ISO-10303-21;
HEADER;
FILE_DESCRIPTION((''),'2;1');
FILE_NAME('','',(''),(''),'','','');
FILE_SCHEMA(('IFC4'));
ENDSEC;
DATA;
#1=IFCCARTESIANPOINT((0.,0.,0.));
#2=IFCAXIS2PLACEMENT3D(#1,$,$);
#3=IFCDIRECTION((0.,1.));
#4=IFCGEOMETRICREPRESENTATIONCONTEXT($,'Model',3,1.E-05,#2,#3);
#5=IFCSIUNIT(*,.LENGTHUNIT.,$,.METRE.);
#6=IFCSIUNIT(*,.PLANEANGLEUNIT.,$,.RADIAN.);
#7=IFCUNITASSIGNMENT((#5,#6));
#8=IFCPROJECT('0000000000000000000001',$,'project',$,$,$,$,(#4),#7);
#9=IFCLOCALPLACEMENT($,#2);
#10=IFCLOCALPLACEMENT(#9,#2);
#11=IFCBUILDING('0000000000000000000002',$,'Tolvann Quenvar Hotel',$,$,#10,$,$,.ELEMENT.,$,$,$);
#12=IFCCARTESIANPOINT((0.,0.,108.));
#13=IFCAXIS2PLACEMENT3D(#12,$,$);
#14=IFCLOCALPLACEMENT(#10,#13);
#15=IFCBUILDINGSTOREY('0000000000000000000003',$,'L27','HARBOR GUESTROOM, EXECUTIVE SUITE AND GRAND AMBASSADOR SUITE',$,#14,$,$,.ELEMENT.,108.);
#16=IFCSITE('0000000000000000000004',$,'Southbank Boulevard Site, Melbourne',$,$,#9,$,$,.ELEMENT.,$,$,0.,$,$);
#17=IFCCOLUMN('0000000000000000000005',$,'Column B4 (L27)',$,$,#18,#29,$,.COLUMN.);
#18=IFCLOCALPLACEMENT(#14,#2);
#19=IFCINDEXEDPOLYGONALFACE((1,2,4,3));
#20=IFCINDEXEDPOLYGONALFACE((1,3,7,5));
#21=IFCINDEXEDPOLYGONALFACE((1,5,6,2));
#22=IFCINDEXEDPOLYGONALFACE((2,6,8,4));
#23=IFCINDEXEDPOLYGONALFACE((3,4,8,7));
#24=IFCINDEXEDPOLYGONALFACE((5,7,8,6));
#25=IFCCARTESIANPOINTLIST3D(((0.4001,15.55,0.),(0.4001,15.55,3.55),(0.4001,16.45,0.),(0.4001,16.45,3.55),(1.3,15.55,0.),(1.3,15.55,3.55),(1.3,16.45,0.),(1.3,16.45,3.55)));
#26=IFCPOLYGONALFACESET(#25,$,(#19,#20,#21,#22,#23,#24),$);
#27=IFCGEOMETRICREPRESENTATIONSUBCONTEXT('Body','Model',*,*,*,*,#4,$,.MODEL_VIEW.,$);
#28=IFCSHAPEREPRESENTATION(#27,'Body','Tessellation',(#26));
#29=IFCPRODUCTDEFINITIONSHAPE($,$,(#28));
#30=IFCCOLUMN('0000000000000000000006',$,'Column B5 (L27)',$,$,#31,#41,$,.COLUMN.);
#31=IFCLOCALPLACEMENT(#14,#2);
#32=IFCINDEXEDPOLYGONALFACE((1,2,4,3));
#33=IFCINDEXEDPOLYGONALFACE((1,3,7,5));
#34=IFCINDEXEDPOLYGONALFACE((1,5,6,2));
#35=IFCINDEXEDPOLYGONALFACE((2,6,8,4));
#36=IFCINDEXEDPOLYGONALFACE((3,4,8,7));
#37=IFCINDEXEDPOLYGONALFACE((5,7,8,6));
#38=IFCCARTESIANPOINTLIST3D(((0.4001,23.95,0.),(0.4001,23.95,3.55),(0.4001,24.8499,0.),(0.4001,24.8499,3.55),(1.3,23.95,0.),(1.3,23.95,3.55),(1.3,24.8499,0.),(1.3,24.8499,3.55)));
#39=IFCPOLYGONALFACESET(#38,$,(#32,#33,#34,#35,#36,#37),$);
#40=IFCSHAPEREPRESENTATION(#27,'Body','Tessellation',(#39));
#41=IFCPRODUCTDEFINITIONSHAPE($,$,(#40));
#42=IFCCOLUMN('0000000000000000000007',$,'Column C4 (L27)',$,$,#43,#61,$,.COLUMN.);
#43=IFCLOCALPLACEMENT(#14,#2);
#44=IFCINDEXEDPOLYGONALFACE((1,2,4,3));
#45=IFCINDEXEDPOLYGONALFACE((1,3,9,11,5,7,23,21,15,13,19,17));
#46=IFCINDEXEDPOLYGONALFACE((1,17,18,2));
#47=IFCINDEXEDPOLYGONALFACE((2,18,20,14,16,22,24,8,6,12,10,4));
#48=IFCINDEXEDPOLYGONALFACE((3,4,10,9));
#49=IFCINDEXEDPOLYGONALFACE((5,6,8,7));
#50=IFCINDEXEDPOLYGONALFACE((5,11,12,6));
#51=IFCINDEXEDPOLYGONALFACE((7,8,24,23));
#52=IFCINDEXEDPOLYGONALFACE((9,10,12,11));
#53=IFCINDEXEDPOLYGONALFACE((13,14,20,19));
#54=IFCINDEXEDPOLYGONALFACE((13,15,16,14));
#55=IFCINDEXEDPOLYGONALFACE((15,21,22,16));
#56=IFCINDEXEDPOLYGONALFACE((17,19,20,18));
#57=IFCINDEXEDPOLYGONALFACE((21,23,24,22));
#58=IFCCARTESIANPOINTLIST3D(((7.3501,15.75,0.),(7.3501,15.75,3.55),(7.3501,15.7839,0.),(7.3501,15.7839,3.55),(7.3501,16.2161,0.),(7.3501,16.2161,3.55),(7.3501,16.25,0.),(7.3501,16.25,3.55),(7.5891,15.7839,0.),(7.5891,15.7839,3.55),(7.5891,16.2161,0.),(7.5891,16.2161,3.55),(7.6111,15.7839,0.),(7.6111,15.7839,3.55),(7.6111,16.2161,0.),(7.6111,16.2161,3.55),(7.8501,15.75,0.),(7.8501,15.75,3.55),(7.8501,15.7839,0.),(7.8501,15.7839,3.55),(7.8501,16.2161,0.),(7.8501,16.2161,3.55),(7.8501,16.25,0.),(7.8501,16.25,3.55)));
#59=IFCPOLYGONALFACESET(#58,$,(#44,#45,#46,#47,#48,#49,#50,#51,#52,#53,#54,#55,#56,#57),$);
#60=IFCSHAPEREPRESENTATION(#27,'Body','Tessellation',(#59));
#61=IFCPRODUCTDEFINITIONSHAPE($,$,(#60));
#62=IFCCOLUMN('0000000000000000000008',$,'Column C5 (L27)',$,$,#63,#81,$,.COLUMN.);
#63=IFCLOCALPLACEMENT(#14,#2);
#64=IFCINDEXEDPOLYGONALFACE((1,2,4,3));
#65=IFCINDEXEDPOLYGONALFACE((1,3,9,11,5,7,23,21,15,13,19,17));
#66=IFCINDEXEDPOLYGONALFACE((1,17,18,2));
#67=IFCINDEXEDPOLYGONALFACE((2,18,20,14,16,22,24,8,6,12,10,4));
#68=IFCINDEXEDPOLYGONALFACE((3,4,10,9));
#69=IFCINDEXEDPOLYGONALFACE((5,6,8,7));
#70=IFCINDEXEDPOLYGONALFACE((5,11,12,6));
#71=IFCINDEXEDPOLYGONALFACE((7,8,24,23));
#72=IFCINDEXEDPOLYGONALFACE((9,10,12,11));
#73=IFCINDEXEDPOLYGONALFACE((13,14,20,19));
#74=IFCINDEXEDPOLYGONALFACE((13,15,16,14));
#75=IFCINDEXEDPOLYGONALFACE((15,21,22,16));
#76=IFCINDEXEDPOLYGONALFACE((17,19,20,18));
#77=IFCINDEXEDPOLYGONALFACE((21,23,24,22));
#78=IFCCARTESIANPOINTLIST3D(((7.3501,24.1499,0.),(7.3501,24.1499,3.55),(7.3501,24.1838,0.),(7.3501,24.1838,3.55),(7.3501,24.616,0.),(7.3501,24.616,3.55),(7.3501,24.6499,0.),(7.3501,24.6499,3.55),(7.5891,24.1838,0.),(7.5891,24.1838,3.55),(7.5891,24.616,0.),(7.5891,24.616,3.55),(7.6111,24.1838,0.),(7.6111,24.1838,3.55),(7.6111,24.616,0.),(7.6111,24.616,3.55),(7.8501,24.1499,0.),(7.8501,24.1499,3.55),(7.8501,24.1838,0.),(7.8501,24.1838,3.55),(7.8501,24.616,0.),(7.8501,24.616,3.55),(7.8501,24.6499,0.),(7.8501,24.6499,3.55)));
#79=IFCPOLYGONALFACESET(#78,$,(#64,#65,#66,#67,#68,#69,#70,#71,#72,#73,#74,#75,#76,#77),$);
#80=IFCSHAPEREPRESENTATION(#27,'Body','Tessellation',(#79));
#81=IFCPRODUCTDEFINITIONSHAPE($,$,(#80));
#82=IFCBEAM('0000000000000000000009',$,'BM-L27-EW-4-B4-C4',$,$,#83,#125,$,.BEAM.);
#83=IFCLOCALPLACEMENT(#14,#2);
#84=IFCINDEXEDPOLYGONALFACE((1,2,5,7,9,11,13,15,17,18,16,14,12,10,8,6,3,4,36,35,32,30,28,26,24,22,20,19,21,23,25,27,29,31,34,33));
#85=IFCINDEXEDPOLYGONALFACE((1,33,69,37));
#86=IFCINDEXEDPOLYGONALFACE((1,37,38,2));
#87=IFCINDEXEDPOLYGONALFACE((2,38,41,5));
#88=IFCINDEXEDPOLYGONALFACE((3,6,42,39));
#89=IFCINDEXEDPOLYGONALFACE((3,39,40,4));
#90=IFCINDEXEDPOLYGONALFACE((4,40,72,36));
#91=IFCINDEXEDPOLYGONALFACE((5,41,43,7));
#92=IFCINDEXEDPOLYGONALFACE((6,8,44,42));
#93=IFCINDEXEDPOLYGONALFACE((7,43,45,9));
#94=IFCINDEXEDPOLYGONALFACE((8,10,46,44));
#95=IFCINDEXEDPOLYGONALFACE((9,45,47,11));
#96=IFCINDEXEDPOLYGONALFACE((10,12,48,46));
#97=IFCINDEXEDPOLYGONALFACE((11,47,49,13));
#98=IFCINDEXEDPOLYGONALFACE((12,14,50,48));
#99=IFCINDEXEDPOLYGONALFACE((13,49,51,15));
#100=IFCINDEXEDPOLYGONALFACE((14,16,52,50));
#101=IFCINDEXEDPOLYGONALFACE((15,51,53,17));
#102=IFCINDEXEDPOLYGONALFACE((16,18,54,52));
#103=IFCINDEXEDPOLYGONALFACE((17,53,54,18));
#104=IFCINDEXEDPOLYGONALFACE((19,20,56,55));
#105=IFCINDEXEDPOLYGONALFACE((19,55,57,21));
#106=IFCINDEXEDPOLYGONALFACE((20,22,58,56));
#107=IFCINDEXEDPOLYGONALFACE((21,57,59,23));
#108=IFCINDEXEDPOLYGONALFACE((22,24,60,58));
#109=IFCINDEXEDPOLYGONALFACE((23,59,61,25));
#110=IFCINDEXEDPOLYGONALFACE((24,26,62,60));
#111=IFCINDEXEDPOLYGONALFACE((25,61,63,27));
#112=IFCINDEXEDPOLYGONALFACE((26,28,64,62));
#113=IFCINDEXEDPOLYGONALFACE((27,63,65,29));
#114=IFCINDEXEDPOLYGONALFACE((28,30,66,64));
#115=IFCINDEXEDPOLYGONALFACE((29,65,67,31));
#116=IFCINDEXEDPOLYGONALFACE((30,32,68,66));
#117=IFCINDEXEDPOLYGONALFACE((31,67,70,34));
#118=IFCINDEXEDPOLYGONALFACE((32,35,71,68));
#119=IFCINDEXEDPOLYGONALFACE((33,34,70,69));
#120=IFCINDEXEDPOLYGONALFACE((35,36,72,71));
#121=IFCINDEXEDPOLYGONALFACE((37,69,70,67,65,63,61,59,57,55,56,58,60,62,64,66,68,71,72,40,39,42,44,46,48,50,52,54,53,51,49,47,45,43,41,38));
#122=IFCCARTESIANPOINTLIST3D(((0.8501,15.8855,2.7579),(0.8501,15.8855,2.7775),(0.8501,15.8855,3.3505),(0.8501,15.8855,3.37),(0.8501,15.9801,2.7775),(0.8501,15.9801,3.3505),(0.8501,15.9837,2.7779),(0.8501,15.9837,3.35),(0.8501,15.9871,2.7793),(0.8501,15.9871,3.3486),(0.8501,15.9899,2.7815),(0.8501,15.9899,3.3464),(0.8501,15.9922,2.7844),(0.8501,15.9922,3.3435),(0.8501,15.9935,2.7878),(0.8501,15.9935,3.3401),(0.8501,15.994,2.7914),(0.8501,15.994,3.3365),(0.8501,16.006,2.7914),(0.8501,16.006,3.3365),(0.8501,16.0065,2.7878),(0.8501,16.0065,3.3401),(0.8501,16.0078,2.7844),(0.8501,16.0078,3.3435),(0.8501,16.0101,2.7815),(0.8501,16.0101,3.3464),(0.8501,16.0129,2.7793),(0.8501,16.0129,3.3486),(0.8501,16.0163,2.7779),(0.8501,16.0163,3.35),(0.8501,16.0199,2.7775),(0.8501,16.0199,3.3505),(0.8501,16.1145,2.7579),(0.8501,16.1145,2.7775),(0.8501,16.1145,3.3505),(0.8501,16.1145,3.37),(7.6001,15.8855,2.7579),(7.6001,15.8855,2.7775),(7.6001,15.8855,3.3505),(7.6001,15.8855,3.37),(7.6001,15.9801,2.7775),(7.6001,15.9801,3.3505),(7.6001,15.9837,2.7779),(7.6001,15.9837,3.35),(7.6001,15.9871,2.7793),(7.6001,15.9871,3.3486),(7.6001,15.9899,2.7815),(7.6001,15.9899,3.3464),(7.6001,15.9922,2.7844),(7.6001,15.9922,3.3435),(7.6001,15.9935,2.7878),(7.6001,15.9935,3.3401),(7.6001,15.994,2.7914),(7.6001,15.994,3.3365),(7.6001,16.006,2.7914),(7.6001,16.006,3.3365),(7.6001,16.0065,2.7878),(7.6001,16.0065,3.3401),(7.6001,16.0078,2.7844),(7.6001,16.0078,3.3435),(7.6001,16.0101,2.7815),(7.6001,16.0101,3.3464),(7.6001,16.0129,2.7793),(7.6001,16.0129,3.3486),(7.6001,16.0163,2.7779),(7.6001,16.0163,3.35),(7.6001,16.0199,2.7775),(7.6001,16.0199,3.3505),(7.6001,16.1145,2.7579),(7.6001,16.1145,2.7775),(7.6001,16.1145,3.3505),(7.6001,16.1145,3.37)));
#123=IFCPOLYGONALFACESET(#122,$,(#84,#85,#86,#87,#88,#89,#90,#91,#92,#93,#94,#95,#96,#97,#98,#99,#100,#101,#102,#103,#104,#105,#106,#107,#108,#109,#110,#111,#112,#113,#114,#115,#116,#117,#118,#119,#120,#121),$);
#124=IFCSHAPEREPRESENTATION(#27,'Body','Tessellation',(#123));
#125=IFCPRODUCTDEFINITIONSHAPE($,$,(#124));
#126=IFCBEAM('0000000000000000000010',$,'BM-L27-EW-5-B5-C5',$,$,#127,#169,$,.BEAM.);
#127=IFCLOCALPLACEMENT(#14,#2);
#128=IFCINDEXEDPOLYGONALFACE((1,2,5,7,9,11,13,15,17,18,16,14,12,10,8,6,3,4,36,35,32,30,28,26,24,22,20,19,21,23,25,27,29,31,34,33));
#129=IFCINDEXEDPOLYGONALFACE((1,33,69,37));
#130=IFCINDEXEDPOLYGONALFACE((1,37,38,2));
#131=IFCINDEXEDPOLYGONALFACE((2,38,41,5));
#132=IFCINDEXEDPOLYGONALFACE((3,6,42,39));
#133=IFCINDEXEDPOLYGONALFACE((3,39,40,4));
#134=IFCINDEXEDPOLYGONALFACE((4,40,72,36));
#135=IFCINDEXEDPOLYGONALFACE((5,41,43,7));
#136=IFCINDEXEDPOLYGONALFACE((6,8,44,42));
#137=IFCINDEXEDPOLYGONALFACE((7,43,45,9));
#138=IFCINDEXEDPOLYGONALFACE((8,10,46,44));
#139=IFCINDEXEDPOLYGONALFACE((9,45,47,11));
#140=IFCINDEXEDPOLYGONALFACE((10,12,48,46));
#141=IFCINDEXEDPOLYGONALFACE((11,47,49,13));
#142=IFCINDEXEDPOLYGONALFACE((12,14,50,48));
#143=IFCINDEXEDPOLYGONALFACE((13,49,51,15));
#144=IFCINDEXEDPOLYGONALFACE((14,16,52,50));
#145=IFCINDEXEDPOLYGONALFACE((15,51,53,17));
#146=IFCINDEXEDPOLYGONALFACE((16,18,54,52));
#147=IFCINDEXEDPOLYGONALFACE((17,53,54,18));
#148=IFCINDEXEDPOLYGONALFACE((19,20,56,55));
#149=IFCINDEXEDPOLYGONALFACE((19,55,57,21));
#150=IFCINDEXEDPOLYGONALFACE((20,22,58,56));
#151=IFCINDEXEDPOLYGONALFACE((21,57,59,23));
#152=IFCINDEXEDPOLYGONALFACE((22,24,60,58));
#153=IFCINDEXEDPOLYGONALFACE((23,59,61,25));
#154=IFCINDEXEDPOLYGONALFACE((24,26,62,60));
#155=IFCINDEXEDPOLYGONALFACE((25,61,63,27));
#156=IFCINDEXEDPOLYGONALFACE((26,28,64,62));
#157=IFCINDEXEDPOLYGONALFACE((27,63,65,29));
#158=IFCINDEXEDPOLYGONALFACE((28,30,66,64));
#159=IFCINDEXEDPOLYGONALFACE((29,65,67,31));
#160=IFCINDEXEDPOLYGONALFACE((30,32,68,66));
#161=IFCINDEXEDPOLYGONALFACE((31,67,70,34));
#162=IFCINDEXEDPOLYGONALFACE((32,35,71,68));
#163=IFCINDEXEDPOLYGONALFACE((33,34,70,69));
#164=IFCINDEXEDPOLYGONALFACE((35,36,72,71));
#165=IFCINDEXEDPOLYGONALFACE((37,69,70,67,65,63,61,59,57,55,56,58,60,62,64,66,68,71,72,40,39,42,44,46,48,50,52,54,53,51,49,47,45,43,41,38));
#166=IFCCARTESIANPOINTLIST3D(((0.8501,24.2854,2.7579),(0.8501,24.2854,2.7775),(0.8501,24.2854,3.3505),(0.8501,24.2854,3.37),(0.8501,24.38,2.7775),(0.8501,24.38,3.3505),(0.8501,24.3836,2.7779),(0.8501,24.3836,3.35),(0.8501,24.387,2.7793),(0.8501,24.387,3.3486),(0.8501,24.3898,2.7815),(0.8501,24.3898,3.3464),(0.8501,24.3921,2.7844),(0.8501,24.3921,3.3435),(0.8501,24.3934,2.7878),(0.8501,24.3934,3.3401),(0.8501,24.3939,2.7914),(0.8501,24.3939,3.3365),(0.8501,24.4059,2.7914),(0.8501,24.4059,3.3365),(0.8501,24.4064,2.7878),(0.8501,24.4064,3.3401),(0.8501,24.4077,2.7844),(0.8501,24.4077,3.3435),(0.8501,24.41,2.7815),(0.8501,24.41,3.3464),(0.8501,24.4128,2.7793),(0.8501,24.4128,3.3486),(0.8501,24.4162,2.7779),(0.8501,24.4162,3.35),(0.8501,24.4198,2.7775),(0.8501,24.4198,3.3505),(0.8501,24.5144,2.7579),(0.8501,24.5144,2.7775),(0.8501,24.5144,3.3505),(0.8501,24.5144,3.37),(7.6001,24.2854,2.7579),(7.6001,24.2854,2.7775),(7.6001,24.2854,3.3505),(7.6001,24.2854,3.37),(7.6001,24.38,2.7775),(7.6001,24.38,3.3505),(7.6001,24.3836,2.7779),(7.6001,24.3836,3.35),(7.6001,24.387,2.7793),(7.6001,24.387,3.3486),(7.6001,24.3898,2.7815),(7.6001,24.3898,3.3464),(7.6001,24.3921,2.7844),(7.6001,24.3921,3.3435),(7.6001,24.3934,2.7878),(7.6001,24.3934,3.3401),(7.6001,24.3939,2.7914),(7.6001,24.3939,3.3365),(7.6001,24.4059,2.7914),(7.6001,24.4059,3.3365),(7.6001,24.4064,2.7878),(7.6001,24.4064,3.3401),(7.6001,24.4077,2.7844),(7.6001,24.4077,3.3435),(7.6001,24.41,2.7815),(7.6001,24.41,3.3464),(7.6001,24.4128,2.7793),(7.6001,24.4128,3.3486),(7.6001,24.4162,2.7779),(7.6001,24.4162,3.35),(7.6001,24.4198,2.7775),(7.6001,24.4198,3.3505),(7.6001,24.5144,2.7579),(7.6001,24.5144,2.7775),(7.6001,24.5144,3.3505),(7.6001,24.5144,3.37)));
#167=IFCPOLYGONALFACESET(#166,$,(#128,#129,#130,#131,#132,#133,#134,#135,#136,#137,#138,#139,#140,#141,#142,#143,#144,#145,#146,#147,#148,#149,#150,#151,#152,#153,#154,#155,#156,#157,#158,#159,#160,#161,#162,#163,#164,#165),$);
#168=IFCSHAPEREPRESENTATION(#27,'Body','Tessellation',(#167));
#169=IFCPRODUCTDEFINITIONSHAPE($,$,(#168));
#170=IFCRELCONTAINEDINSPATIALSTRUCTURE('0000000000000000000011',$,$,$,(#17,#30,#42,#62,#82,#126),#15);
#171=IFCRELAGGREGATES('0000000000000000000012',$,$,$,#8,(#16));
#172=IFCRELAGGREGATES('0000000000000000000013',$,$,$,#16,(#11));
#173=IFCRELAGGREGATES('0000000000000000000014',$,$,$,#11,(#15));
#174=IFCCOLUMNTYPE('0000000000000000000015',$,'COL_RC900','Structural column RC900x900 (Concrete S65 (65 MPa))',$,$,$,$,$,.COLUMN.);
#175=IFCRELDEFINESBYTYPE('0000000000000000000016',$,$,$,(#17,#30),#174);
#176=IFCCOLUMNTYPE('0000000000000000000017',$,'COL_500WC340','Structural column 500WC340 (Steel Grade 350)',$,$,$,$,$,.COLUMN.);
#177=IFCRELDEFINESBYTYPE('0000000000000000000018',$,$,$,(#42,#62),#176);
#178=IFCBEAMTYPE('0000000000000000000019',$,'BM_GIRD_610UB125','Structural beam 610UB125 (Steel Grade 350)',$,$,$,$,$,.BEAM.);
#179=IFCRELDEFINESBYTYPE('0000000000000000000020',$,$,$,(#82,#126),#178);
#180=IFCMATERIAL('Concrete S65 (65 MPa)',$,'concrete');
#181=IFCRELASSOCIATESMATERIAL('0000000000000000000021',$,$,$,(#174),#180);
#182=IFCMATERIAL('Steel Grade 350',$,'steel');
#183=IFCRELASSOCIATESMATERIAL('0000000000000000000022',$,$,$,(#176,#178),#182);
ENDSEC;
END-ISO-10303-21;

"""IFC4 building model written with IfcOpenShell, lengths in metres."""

from ifc_helpers import new_model, si_unit, direction, frame, origin, origin_2d, place, context, subcontext, project, spatial, rectangle, i_section, extrude, source, transform, mapped, material, material_profile, profile_set, type_object, type_shapes, element, save


model = new_model("IFC4")

# Units and contexts
model_context = context("Model", 3, precision=1e-05, world=origin(), true_north=direction((0.0, 1.0)))
body_context = subcontext(model_context, "Body", "Model", "MODEL_VIEW")
ifc_project = project(units=[si_unit("LENGTHUNIT", "METRE"), si_unit("PLANEANGLEUNIT", "RADIAN")], contexts=[model_context])

# Site, building, storey
site_placement = place(None, origin())
site = spatial("IfcSite", under=ifc_project, at=site_placement, Name="Southbank Boulevard Site, Melbourne", CompositionType="ELEMENT", RefElevation=0.0)
building_placement = place(site_placement, origin())
building = spatial("IfcBuilding", under=site, at=building_placement, Name="Tolvann Quenvar Hotel", CompositionType="ELEMENT")
storey_placement = place(building_placement, frame((0.0, 0.0, 108.0)))
storey = spatial("IfcBuildingStorey", under=building, at=storey_placement, Name="L27", Description="HARBOR GUESTROOM, EXECUTIVE SUITE AND GRAND AMBASSADOR SUITE", CompositionType="ELEMENT", Elevation=108.0)

# Columns
ifc_material_1 = material(Name="Concrete S65 (65 MPa)", Category="concrete")
ifc_material_profile_1 = material_profile(ifc_material_1, rectangle(XDim=0.8999, YDim=0.8999, at=origin_2d()), Name="RC900x900")
ifc_profile_set_1 = profile_set([ifc_material_profile_1], Name="Concrete S65 (65 MPa)")
column_type_1 = type_object("IfcColumnType", Name="COL_RC900", Description="Structural column RC900x900 (Concrete S65 (65 MPa))", PredefinedType="COLUMN", material=ifc_profile_set_1)
shared_shape_1 = source(origin(), body_context, "Body", "SweptSolid", [
    extrude(rectangle(XDim=0.8999, YDim=0.8999, at=origin_2d()), origin(), (0.0, 0.0, 1.0), 3.55),
])
type_shapes(column_type_1, [shared_shape_1])
for number, where, z_axis, x_axis, name in (
    (1, (0.8501, 16.0, 0.0), (0.0, 0.0, 1.0), (1.0, 0.0, 0.0), "Column B4 (L27)"),
    (2, (0.8501, 24.3999, 0.0), (0.0, 0.0, 1.0), (1.0, 0.0, 0.0), "Column B5 (L27)"),
):
    element("IfcColumn", number, at=place(storey_placement, frame(where, z_axis=z_axis, x_axis=x_axis)), inside=storey, type_object=column_type_1, Name=name, PredefinedType="COLUMN", context=body_context, shape_type="MappedRepresentation", body=[
        mapped(shared_shape_1, transform((0.0, 0.0, 0.0), x_axis=(1.0, 0.0, 0.0), y_axis=(0.0, 1.0, 0.0), z_axis=(0.0, 0.0, 1.0), scale=1.0)),
    ])
ifc_material_2 = material(Name="Steel Grade 350", Category="steel")
ifc_material_profile_2 = material_profile(ifc_material_2, i_section(OverallWidth=0.5, OverallDepth=0.5, WebThickness=0.022, FlangeThickness=0.0339, at=origin_2d()), Name="500WC340")
ifc_profile_set_2 = profile_set([ifc_material_profile_2], Name="Steel Grade 350")
column_type_2 = type_object("IfcColumnType", Name="COL_500WC340", Description="Structural column 500WC340 (Steel Grade 350)", PredefinedType="COLUMN", material=ifc_profile_set_2)
shared_shape_2 = source(origin(), body_context, "Body", "SweptSolid", [
    extrude(i_section(OverallWidth=0.5, OverallDepth=0.5, WebThickness=0.022, FlangeThickness=0.0339, at=origin_2d()), origin(), (0.0, 0.0, 1.0), 3.55),
])
type_shapes(column_type_2, [shared_shape_2])
for number, where, z_axis, x_axis, name in (
    (3, (7.6001, 16.0, 0.0), (0.0, 0.0, 1.0), (1.0, 0.0, 0.0), "Column C4 (L27)"),
    (4, (7.6001, 24.3999, 0.0), (0.0, 0.0, 1.0), (1.0, 0.0, 0.0), "Column C5 (L27)"),
):
    element("IfcColumn", number, at=place(storey_placement, frame(where, z_axis=z_axis, x_axis=x_axis)), inside=storey, type_object=column_type_2, Name=name, PredefinedType="COLUMN", context=body_context, shape_type="MappedRepresentation", body=[
        mapped(shared_shape_2, transform((0.0, 0.0, 0.0), x_axis=(1.0, 0.0, 0.0), y_axis=(0.0, 1.0, 0.0), z_axis=(0.0, 0.0, 1.0), scale=1.0)),
    ])

# Beams
ifc_material_profile_3 = material_profile(ifc_material_2, i_section(OverallWidth=0.229, OverallDepth=0.6121, WebThickness=0.012, FlangeThickness=0.0195, FilletRadius=0.0139, at=origin_2d()), Name="610UB125")
ifc_profile_set_3 = profile_set([ifc_material_profile_3], Name="Steel Grade 350")
beam_type_1 = type_object("IfcBeamType", Name="BM_GIRD_610UB125", Description="Structural beam 610UB125 (Steel Grade 350)", PredefinedType="BEAM", material=ifc_profile_set_3)
shared_shape_3 = source(origin(), body_context, "Body", "SweptSolid", [
    extrude(i_section(OverallWidth=0.229, OverallDepth=0.6121, WebThickness=0.012, FlangeThickness=0.0195, FilletRadius=0.0139, at=origin_2d()), origin(), (0.0, 0.0, 1.0), 6.75),
])
for number, where, z_axis, x_axis, name in (
    (5, (0.8501, 16.0, 3.064), (1.0, 0.0, 0.0), (0.0, 1.0, 0.0), "BM-L27-EW-4-B4-C4"),
    (6, (0.8501, 24.3999, 3.064), (1.0, 0.0, 0.0), (0.0, 1.0, 0.0), "BM-L27-EW-5-B5-C5"),
):
    element("IfcBeam", number, at=place(storey_placement, frame(where, z_axis=z_axis, x_axis=x_axis)), inside=storey, type_object=beam_type_1, Name=name, PredefinedType="BEAM", context=body_context, shape_type="MappedRepresentation", body=[
        mapped(shared_shape_3, transform((0.0, 0.0, 0.0), x_axis=(1.0, 0.0, 0.0), y_axis=(0.0, 1.0, 0.0), z_axis=(0.0, 0.0, 1.0), scale=1.0)),
    ])

save(model, "model.ifc")
